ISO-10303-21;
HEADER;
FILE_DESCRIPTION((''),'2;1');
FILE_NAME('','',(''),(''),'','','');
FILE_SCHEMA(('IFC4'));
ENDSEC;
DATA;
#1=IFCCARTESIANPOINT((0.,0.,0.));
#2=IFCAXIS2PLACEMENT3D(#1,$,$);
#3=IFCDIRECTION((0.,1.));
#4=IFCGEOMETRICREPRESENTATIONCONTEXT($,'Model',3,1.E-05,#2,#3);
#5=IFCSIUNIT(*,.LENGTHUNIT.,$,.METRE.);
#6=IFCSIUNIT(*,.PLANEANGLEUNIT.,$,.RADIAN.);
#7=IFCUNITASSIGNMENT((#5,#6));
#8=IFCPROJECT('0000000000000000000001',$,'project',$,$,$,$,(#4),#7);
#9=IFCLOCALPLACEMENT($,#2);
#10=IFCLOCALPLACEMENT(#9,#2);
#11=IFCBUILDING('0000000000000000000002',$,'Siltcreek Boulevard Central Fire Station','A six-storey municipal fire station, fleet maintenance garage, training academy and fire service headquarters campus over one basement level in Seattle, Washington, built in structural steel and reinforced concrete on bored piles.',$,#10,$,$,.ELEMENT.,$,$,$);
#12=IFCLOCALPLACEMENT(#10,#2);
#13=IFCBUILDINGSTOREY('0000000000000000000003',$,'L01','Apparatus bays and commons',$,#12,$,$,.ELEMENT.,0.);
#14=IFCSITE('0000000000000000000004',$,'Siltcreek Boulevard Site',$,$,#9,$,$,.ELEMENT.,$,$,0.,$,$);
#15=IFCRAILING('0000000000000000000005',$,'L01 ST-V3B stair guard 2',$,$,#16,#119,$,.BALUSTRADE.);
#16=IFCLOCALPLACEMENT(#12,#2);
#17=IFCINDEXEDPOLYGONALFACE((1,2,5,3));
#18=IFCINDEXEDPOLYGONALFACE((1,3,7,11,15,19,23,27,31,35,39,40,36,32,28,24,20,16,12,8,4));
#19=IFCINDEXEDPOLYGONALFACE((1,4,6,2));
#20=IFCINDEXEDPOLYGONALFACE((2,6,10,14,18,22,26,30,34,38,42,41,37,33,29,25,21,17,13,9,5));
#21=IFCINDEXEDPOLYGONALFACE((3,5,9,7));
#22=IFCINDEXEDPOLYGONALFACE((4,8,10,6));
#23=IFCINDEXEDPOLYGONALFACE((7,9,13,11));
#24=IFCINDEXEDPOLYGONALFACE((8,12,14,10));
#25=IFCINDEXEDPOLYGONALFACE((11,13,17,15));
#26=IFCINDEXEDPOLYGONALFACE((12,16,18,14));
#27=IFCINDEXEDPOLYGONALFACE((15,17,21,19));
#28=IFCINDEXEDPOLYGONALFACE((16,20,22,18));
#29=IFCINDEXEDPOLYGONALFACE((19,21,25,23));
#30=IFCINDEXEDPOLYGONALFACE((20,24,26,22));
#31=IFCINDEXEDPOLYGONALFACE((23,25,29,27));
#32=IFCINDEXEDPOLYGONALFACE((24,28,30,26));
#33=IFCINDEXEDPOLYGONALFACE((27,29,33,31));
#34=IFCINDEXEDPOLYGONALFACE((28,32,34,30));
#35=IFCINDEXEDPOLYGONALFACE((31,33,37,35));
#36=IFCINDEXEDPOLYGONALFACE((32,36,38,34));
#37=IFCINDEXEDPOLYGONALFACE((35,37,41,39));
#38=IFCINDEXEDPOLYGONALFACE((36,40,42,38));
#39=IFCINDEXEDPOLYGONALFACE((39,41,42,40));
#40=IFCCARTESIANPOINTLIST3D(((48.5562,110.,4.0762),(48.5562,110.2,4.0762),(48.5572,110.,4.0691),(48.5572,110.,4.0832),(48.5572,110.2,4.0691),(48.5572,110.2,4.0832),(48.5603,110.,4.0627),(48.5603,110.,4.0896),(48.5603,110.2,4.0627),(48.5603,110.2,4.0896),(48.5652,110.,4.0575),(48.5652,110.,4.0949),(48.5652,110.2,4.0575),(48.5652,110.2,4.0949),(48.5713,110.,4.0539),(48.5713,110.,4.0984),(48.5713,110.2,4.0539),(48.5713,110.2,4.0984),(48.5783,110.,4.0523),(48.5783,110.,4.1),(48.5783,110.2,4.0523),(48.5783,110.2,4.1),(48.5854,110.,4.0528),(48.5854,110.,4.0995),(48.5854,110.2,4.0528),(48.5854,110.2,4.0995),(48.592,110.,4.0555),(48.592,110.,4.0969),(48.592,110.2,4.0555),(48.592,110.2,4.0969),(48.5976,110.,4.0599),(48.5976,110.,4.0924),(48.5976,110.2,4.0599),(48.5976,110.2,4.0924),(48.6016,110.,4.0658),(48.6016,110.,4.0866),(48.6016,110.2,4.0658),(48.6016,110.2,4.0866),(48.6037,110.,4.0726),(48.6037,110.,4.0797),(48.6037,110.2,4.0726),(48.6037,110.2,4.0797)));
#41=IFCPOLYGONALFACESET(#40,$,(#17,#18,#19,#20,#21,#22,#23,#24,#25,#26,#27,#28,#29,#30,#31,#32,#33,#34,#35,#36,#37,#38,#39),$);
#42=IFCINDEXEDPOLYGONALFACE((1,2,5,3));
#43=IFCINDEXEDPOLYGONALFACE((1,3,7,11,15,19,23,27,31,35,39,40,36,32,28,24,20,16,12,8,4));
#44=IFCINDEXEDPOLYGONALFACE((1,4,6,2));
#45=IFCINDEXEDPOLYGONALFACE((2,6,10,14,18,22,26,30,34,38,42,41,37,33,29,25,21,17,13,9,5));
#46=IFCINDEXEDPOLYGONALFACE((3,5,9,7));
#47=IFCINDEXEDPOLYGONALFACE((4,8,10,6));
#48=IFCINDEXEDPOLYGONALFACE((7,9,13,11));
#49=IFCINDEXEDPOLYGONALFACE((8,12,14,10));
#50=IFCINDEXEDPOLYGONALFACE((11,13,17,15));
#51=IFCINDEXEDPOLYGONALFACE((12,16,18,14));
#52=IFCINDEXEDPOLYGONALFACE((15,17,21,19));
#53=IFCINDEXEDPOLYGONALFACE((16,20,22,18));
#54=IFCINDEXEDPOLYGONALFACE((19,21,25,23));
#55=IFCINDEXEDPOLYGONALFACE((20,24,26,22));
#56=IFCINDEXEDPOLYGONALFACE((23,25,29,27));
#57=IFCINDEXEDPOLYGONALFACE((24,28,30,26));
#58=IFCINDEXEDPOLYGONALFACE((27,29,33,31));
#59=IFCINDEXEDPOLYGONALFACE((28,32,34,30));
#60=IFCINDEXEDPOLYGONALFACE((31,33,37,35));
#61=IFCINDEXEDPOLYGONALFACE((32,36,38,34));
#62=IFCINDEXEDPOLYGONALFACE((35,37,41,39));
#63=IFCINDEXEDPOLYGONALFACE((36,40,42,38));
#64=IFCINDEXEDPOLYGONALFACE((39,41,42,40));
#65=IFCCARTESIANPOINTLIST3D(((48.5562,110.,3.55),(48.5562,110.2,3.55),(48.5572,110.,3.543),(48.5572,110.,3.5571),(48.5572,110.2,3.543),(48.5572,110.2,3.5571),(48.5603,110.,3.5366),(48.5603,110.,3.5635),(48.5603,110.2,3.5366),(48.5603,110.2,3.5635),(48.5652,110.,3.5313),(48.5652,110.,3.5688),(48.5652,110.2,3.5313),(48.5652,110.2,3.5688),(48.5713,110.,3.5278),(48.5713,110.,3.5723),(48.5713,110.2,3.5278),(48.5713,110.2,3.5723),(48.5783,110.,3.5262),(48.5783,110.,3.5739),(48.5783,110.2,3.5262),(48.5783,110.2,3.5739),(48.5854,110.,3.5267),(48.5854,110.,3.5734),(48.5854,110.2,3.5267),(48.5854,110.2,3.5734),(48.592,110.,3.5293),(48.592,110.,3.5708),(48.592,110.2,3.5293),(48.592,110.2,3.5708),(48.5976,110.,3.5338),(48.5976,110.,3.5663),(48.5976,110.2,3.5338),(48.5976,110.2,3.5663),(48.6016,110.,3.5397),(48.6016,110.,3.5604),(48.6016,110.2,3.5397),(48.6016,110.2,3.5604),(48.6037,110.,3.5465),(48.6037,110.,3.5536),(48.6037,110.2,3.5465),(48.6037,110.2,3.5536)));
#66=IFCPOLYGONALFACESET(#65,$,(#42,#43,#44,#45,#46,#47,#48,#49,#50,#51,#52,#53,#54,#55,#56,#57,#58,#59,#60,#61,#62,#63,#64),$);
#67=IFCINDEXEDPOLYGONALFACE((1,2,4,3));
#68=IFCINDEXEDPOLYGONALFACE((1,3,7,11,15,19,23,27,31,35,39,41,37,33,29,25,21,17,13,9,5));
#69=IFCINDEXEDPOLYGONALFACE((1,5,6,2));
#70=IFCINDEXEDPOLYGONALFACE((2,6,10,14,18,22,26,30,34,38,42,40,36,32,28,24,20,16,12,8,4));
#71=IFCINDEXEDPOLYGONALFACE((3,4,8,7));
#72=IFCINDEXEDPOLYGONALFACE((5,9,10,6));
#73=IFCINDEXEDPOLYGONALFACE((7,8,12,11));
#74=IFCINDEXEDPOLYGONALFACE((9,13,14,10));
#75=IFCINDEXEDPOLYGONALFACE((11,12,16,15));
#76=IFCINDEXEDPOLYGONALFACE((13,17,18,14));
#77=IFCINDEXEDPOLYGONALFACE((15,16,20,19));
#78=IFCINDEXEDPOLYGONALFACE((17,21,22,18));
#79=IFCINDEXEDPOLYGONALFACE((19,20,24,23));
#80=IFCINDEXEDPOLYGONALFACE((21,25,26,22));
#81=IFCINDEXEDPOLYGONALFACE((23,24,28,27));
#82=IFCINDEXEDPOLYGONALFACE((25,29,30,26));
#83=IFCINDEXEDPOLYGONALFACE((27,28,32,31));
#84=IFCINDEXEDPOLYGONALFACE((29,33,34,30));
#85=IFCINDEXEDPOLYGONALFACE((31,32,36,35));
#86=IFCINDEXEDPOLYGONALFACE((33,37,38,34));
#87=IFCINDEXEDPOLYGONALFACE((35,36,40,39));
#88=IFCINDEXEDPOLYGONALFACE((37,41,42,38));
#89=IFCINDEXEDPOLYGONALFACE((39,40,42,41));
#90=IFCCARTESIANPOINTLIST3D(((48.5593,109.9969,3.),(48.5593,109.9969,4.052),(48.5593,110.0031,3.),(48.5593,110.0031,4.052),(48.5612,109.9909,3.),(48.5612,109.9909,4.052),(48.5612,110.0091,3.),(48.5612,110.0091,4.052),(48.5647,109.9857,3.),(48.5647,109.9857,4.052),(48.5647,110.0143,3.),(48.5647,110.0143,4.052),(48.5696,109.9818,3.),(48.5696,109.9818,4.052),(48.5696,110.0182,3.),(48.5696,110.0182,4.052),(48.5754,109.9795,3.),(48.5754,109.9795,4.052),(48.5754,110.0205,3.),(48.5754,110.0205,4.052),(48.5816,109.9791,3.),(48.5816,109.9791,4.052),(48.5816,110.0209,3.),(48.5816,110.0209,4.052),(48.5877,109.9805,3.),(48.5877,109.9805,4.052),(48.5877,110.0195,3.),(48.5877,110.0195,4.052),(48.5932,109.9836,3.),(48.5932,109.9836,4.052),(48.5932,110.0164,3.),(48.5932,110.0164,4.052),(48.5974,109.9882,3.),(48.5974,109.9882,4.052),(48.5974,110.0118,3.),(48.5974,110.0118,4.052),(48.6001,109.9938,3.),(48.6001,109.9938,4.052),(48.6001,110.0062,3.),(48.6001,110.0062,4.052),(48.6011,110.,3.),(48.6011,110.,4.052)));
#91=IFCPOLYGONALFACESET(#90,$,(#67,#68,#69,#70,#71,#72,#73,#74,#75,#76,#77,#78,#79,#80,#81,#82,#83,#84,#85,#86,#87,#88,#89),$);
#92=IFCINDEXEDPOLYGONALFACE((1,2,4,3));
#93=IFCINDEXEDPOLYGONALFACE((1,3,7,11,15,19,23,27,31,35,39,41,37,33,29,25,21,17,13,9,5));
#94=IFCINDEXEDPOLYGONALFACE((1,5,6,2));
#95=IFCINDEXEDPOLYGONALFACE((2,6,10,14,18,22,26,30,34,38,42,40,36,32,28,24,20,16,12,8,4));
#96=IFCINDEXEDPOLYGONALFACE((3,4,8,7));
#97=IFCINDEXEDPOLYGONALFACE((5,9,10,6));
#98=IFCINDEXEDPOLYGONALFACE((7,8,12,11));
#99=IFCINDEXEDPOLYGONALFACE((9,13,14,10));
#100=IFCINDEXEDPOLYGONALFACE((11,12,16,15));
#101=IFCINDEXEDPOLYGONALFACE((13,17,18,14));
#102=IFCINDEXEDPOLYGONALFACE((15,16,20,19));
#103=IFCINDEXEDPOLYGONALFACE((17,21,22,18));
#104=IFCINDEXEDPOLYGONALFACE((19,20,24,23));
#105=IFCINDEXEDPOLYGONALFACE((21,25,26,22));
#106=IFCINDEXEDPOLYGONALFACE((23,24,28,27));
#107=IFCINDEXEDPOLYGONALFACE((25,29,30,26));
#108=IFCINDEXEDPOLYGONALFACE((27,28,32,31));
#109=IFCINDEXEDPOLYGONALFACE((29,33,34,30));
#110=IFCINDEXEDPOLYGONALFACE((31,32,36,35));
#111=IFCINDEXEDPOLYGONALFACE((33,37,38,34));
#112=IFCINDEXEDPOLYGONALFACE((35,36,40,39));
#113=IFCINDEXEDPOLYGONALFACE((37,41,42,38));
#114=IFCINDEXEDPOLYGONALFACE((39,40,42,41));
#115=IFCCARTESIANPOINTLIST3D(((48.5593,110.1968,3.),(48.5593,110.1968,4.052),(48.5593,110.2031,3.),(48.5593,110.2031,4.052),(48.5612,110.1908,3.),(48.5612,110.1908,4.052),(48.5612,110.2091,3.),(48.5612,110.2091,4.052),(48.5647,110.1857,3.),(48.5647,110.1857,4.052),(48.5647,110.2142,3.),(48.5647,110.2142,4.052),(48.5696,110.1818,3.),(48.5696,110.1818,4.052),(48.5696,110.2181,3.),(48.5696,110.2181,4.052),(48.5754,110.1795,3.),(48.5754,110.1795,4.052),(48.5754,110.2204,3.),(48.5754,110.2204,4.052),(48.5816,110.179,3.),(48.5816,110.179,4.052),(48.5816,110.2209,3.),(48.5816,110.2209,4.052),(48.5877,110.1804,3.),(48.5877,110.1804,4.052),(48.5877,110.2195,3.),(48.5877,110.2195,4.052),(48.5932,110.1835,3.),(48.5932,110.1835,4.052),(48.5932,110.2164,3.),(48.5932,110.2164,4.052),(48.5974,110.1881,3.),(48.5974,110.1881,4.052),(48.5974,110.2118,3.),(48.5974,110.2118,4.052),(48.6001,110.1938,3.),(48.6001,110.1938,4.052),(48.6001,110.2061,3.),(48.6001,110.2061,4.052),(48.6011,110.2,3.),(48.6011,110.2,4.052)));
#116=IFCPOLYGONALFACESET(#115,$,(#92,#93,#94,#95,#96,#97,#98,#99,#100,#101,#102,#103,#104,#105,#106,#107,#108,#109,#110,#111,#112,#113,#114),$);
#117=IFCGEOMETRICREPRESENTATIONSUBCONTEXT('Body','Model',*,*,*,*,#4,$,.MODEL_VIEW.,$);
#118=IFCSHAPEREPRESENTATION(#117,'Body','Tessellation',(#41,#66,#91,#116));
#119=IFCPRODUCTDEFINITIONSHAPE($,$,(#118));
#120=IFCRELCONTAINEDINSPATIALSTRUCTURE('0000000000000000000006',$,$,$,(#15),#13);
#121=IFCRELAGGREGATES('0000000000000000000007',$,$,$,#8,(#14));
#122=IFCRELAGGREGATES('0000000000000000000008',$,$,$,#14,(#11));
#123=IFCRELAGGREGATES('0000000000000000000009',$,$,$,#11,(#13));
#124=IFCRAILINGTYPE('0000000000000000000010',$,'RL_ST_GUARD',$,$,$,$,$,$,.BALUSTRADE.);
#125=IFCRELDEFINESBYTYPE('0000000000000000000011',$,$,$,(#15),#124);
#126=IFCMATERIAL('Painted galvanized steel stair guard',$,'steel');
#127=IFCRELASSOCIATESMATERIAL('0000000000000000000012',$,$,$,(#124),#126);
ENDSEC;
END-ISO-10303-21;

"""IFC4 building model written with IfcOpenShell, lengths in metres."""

from ifc_helpers import new_model, si_unit, direction, frame, origin, origin_2d, place, context, subcontext, project, spatial, circle, extrude, material, type_object, element, save


model = new_model("IFC4")

# Units and contexts
model_context = context("Model", 3, precision=1e-05, world=origin(), true_north=direction((0.0, 1.0)))
body_context = subcontext(model_context, "Body", "Model", "MODEL_VIEW")
ifc_project = project(units=[si_unit("LENGTHUNIT", "METRE"), si_unit("PLANEANGLEUNIT", "RADIAN")], contexts=[model_context])

# Site, building, storey
site_placement = place(None, origin())
site = spatial("IfcSite", under=ifc_project, at=site_placement, Name="Siltcreek Boulevard Site", CompositionType="ELEMENT", RefElevation=0.0)
building_placement = place(site_placement, origin())
building = spatial("IfcBuilding", under=site, at=building_placement, Name="Siltcreek Boulevard Central Fire Station", Description="A six-storey municipal fire station, fleet maintenance garage, training academy and fire service headquarters campus over one basement level in Seattle, Washington, built in structural steel and reinforced concrete on bored piles.", CompositionType="ELEMENT")
storey_placement = place(building_placement, origin())
storey = spatial("IfcBuildingStorey", under=building, at=storey_placement, Name="L01", Description="Apparatus bays and commons", CompositionType="ELEMENT", Elevation=0.0)

# Railing
ifc_material_1 = material(Name="Painted galvanized steel stair guard", Category="steel")
railing_type_1 = type_object("IfcRailingType", Name="RL_ST_GUARD", PredefinedType="BALUSTRADE", material=ifc_material_1)
railing_1_placement = place(storey_placement, frame((48.5801, 110.0, 3.0)))
element("IfcRailing", 1, at=railing_1_placement, inside=storey, type_object=railing_type_1, Name="L01 ST-V3B stair guard 2", PredefinedType="BALUSTRADE", context=body_context, shape_type="SweptSolid", body=[
    extrude(circle(Radius=0.0239, at=origin_2d()), frame((0.0, 0.0, 1.0762), z_axis=(0.0, 1.0, 0.0), x_axis=(-1.0, 0.0, 0.0)), (0.0, 0.0, 1.0), 0.2),
    extrude(circle(Radius=0.0239, at=origin_2d()), frame((0.0, 0.0, 0.55), z_axis=(0.0, 1.0, 0.0), x_axis=(-1.0, 0.0, 0.0)), (0.0, 0.0, 1.0), 0.2),
    extrude(circle(Radius=0.021, at=origin_2d()), origin(), (0.0, 0.0, 1.0), 1.052),
    extrude(circle(Radius=0.021, at=origin_2d()), frame((0.0, 0.2, 0.0)), (0.0, 0.0, 1.0), 1.052),
])

save(model, "model.ifc")
